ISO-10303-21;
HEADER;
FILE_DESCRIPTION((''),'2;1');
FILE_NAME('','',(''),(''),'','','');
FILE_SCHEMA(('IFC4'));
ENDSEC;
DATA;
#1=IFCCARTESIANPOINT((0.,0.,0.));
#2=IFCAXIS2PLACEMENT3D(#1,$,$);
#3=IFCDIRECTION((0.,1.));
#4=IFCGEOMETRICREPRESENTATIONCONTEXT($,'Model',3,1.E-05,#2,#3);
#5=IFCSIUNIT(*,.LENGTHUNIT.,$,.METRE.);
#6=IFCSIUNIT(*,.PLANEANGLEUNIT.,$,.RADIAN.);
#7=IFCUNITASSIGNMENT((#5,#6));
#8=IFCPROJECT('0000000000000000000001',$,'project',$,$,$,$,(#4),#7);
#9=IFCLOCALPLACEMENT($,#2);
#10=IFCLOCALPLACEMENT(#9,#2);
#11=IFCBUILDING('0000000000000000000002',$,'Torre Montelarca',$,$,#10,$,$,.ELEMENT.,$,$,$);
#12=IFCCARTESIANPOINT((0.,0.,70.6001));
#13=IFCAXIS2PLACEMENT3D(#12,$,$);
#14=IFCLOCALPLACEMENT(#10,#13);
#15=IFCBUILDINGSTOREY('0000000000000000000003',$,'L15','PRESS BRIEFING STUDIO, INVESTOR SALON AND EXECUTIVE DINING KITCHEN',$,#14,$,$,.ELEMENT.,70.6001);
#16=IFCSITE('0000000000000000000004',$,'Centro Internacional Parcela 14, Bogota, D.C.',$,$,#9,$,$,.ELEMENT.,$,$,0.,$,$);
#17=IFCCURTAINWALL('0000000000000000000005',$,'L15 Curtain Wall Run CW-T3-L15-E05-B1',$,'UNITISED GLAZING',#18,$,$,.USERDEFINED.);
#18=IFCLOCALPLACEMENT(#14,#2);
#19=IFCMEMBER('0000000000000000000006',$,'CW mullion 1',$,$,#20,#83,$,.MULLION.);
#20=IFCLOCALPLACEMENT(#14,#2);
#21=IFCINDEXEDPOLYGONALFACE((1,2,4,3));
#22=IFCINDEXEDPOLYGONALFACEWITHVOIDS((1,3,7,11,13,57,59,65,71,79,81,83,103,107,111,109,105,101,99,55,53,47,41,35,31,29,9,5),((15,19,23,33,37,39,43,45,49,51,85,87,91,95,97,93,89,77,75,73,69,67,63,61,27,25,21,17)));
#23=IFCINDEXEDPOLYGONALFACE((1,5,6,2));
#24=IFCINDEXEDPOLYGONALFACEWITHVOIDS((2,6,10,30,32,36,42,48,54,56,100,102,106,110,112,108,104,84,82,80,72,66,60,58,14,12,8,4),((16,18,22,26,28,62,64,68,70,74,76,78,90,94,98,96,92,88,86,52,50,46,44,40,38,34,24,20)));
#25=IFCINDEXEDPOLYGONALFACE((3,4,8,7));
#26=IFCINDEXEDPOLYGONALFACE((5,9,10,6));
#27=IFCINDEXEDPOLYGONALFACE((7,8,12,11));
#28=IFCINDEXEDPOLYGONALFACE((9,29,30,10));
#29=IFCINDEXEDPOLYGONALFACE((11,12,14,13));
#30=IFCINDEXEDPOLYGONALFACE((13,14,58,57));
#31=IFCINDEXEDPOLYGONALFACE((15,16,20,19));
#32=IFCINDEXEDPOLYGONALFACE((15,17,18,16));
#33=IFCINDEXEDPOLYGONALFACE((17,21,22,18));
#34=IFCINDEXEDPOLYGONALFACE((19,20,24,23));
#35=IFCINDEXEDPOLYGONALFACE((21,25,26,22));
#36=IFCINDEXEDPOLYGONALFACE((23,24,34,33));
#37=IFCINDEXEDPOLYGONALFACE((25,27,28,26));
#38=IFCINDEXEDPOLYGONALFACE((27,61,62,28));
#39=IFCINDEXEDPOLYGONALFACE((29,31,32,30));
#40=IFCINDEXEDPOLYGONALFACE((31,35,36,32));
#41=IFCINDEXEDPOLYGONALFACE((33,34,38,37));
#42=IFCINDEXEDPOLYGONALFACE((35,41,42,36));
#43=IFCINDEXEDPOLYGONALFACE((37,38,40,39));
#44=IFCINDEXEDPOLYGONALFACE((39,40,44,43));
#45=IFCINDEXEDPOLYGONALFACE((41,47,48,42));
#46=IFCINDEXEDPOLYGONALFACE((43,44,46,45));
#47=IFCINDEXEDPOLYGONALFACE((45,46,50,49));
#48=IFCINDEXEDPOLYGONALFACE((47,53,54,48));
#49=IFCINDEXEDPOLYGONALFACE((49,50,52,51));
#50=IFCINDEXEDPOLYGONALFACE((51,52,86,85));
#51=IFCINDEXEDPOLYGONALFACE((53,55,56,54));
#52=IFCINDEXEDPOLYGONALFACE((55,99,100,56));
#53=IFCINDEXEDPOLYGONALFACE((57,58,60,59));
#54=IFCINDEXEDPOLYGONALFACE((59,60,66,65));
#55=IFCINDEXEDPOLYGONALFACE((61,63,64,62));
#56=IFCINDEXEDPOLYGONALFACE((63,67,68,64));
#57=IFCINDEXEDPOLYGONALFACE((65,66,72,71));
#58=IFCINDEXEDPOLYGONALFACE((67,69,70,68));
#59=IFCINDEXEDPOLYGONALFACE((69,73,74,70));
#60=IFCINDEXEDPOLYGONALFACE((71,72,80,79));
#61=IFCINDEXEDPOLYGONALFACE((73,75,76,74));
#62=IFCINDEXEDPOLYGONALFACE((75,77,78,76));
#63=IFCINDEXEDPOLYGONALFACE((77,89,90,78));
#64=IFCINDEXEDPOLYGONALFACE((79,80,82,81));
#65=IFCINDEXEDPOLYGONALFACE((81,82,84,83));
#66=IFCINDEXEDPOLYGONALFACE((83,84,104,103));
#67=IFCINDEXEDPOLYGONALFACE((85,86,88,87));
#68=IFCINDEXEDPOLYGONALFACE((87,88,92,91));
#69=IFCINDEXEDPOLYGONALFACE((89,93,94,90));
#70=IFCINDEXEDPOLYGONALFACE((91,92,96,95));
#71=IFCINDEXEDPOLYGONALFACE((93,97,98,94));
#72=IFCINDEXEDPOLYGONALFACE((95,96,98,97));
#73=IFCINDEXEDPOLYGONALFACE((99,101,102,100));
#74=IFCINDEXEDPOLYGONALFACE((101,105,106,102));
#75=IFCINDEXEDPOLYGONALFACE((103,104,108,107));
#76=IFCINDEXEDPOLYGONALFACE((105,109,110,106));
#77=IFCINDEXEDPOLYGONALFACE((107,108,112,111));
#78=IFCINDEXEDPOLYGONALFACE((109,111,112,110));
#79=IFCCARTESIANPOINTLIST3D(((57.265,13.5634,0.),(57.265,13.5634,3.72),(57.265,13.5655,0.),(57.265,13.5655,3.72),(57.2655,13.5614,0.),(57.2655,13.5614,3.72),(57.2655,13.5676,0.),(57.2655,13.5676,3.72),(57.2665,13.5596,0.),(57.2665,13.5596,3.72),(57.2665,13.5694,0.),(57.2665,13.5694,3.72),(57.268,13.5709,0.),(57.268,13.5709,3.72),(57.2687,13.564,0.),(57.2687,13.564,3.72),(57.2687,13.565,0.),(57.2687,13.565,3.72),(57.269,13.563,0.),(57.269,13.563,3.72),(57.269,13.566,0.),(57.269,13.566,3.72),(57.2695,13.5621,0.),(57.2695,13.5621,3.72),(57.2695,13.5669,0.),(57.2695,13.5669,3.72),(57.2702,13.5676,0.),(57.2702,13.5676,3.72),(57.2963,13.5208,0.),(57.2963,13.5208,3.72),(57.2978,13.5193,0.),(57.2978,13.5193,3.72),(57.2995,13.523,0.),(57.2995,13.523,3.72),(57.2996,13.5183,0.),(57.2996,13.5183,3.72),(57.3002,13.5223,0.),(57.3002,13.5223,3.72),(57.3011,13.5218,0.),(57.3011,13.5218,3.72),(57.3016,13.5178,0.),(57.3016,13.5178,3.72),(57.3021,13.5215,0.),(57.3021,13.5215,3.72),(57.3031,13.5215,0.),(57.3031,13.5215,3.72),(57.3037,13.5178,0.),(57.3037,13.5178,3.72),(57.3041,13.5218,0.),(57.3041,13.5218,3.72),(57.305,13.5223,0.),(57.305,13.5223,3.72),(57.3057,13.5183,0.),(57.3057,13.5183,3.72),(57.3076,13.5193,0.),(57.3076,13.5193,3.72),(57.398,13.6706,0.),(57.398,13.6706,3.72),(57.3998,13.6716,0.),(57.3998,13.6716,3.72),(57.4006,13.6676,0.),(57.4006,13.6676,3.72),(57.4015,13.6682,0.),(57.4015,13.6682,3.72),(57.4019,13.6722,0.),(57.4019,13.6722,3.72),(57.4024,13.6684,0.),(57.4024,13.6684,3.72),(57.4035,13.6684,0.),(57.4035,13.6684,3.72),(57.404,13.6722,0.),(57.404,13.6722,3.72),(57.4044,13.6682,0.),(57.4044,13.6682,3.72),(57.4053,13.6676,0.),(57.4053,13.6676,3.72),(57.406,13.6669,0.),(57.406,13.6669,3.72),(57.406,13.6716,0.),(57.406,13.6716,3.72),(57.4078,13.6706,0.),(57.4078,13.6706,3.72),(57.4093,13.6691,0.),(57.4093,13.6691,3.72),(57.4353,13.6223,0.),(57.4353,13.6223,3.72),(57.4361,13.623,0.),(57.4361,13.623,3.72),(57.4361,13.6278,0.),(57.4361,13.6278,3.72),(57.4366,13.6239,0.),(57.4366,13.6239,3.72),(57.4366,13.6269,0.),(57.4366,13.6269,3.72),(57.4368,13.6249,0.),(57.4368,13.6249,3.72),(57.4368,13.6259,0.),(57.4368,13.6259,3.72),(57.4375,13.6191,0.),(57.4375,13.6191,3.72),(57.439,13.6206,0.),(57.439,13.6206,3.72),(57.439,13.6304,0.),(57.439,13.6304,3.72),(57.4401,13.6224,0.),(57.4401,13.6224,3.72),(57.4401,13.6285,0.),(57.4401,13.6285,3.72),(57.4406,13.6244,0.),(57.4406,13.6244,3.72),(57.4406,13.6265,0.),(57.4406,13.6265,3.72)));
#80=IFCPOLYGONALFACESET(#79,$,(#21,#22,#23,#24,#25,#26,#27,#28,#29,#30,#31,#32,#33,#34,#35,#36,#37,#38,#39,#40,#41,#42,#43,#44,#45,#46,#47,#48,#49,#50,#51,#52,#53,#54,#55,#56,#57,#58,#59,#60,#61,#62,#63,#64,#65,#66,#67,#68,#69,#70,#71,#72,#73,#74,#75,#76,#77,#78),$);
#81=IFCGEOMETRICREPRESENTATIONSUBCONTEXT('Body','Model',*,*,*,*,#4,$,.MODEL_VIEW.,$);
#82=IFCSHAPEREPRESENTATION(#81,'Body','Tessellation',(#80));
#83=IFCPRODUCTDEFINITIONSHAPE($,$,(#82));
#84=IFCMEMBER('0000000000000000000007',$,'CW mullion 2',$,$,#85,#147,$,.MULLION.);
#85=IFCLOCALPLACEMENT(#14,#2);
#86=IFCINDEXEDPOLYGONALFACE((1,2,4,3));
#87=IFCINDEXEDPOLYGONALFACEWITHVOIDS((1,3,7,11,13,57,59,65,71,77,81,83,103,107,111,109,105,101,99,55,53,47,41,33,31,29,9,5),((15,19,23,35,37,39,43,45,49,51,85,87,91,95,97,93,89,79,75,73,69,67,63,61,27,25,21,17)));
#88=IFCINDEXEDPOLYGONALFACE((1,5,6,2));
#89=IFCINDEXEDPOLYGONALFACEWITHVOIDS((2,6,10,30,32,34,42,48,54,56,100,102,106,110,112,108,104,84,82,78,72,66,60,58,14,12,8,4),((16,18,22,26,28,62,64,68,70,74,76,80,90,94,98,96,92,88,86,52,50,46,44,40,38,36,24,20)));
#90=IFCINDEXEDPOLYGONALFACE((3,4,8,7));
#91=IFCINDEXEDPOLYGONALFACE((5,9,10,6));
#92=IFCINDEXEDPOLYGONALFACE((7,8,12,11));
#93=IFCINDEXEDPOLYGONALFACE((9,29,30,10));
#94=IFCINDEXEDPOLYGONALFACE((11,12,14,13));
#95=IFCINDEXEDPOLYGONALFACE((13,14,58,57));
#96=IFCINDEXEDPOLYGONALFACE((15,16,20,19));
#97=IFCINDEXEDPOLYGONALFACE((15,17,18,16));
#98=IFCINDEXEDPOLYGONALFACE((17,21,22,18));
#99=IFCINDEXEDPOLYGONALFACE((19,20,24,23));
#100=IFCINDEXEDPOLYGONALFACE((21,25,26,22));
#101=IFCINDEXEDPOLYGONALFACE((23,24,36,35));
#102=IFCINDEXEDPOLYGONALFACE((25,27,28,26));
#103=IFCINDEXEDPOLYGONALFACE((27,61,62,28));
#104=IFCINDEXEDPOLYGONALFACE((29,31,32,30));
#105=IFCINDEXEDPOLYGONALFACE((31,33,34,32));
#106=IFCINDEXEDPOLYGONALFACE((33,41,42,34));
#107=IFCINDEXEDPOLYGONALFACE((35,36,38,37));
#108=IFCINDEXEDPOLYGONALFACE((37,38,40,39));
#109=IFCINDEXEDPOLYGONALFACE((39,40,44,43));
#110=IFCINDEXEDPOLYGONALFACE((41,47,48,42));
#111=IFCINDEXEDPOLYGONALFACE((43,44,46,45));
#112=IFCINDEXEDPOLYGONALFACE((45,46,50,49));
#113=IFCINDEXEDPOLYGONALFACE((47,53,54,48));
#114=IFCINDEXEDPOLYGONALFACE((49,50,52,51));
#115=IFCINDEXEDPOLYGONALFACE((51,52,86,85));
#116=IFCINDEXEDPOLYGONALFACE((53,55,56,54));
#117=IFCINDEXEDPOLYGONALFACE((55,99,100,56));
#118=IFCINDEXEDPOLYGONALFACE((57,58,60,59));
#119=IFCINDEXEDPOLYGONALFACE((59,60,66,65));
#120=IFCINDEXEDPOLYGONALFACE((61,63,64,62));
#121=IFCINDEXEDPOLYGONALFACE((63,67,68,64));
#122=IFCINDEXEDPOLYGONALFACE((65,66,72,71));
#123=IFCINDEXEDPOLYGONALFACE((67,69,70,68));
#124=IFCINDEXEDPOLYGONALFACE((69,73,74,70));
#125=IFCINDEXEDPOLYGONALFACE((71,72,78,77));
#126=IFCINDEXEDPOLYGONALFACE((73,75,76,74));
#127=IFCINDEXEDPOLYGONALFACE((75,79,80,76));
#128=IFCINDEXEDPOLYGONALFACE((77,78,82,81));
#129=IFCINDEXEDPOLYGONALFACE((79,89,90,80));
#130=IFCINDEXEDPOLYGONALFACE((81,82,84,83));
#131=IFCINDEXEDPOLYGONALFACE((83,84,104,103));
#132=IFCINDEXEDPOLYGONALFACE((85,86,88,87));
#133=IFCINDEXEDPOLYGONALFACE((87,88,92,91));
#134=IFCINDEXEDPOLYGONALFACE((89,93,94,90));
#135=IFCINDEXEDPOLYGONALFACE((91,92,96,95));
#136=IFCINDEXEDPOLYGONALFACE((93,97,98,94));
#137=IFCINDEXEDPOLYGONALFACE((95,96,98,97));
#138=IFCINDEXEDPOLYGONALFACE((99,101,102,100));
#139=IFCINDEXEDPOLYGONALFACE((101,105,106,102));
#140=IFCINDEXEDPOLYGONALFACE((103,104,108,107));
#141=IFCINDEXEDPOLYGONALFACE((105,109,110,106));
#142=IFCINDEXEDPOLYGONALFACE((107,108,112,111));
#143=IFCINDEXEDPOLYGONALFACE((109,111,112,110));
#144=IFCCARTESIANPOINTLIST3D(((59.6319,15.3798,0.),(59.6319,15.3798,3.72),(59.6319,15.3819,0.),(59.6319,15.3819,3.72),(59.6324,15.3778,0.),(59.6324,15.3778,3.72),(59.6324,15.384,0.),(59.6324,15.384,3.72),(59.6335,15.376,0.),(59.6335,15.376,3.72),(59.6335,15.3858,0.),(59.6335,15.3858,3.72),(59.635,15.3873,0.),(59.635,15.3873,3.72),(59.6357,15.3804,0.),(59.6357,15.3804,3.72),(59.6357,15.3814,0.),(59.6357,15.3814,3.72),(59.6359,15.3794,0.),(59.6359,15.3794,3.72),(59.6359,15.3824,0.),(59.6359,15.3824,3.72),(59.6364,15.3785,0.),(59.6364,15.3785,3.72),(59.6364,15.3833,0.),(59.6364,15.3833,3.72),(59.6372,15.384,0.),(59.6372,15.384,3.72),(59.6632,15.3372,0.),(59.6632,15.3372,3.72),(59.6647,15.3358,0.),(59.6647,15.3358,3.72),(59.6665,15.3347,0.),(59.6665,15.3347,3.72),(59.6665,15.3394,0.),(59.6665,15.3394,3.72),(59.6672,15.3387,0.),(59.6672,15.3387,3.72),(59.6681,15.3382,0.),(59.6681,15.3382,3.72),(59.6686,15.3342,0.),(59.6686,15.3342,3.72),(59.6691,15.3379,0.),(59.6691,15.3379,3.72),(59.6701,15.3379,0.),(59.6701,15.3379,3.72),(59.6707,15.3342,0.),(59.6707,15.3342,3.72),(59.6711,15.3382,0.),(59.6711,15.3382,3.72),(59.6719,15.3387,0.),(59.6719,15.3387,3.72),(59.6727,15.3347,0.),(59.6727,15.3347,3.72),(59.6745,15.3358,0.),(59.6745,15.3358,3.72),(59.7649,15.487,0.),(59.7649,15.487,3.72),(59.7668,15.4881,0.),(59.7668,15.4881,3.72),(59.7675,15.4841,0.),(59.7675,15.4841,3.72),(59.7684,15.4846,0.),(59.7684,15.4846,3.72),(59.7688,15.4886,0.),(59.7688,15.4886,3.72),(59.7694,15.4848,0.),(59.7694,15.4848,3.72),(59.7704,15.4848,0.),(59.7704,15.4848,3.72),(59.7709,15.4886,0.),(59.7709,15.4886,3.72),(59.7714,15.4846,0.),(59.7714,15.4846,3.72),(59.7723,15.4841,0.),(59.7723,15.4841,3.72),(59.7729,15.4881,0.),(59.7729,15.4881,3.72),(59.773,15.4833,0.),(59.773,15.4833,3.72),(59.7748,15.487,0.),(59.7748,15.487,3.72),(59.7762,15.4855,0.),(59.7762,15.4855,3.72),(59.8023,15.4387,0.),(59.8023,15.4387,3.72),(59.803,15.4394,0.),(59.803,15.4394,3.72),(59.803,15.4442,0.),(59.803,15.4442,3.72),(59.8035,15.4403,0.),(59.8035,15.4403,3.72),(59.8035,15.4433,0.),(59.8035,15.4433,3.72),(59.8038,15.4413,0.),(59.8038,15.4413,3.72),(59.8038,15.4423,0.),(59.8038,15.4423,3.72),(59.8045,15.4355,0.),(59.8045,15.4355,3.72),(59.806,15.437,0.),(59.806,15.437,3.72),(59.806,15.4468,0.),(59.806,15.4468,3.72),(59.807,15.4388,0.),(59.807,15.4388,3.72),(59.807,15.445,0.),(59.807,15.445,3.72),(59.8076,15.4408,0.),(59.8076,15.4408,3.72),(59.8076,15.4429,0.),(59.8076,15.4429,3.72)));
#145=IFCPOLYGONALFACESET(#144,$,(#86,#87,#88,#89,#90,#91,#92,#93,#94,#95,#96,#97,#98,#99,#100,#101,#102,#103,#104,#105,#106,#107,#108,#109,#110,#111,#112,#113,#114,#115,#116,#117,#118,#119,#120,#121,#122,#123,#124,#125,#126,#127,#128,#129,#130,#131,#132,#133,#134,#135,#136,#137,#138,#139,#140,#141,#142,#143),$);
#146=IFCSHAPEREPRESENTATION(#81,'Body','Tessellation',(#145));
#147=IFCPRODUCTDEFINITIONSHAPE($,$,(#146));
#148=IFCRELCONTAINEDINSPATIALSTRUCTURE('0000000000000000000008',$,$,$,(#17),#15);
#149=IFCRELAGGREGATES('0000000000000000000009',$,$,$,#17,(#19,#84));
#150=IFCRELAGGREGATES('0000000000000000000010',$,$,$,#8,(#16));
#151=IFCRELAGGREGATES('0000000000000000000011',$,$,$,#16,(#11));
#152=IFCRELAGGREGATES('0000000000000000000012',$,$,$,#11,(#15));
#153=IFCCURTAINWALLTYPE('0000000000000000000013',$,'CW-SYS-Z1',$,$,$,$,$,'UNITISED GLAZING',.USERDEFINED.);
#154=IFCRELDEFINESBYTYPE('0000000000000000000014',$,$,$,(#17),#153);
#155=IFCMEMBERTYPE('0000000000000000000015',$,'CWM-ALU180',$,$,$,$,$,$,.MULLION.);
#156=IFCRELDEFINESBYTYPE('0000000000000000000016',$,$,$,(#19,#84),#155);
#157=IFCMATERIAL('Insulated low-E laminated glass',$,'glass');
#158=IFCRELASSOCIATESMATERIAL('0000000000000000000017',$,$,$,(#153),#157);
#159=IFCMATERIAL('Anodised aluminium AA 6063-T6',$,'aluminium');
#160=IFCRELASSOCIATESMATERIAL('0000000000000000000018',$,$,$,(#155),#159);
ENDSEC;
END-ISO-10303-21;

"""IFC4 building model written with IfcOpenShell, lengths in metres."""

from ifc_helpers import new_model, si_unit, direction, frame, origin, origin_2d, place, context, subcontext, project, spatial, hollow_rectangle, extrude, source, transform, mapped, material, material_profile, profile_set, type_object, element, aggregate, save


model = new_model("IFC4")

# Units and contexts
model_context = context("Model", 3, precision=1e-05, world=origin(), true_north=direction((0.0, 1.0)))
body_context = subcontext(model_context, "Body", "Model", "MODEL_VIEW")
ifc_project = project(units=[si_unit("LENGTHUNIT", "METRE"), si_unit("PLANEANGLEUNIT", "RADIAN")], contexts=[model_context])

# Site, building, storey
site_placement = place(None, origin())
site = spatial("IfcSite", under=ifc_project, at=site_placement, Name="Centro Internacional Parcela 14, Bogota, D.C.", CompositionType="ELEMENT", RefElevation=0.0)
building_placement = place(site_placement, origin())
building = spatial("IfcBuilding", under=site, at=building_placement, Name="Torre Montelarca", CompositionType="ELEMENT")
storey_placement = place(building_placement, frame((0.0, 0.0, 70.6001)))
storey = spatial("IfcBuildingStorey", under=building, at=storey_placement, Name="L15", Description="PRESS BRIEFING STUDIO, INVESTOR SALON AND EXECUTIVE DINING KITCHEN", CompositionType="ELEMENT", Elevation=70.6001)

# Curtain wall
ifc_material_1 = material(Name="Insulated low-E laminated glass", Category="glass")
curtain_wall_type = type_object("IfcCurtainWallType", Name="CW-SYS-Z1", ElementType="UNITISED GLAZING", PredefinedType="USERDEFINED", material=ifc_material_1)
ifc_material_2 = material(Name="Anodised aluminium AA 6063-T6", Category="aluminium")
curtain_wall_1_placement = place(storey_placement, origin())
curtain_wall_1 = element("IfcCurtainWall", 1, at=curtain_wall_1_placement, inside=storey, type_object=curtain_wall_type, Name="L15 Curtain Wall Run CW-T3-L15-E05-B1", ObjectType="UNITISED GLAZING", PredefinedType="USERDEFINED")

# Members
ifc_material_profile_1 = material_profile(ifc_material_2, hollow_rectangle(XDim=0.0649, YDim=0.1799, WallThickness=0.0039, InnerFilletRadius=0.0039, OuterFilletRadius=0.0081, at=origin_2d()), Name="ALU65X180X4", Category="aluminium")
ifc_profile_set_1 = profile_set([ifc_material_profile_1], Name="Anodised aluminium AA 6063-T6")
member_type_1 = type_object("IfcMemberType", Name="CWM-ALU180", PredefinedType="MULLION", material=ifc_profile_set_1)
shared_shape_1 = source(origin(), body_context, "Body", "SweptSolid", [
    extrude(hollow_rectangle(XDim=0.0649, YDim=0.1799, WallThickness=0.0039, InnerFilletRadius=0.0039, OuterFilletRadius=0.0081, at=origin_2d()), origin(), (0.0, 0.0, 1.0), 3.72),
])
member_1_placement = place(storey_placement, frame((57.3528, 13.595, 0.0), z_axis=(0.0, 0.0, 1.0), x_axis=(-0.608764, 0.793351, 0.0)))
member_1 = element("IfcMember", 2, at=member_1_placement, type_object=member_type_1, Name="CW mullion 1", PredefinedType="MULLION", context=body_context, shape_type="MappedRepresentation", body=[
    mapped(shared_shape_1, transform((0.0, 0.0, 0.0), scale=1.0)),
])
member_2_placement = place(storey_placement, frame((59.7197, 15.4114, 0.0), z_axis=(0.0, 0.0, 1.0), x_axis=(-0.608764, 0.793351, 0.0)))
member_2 = element("IfcMember", 3, at=member_2_placement, type_object=member_type_1, Name="CW mullion 2", PredefinedType="MULLION", context=body_context, shape_type="MappedRepresentation", body=[
    mapped(shared_shape_1, transform((0.0, 0.0, 0.0), scale=1.0)),
])

aggregate(curtain_wall_1, [member_1, member_2])

save(model, "model.ifc")
